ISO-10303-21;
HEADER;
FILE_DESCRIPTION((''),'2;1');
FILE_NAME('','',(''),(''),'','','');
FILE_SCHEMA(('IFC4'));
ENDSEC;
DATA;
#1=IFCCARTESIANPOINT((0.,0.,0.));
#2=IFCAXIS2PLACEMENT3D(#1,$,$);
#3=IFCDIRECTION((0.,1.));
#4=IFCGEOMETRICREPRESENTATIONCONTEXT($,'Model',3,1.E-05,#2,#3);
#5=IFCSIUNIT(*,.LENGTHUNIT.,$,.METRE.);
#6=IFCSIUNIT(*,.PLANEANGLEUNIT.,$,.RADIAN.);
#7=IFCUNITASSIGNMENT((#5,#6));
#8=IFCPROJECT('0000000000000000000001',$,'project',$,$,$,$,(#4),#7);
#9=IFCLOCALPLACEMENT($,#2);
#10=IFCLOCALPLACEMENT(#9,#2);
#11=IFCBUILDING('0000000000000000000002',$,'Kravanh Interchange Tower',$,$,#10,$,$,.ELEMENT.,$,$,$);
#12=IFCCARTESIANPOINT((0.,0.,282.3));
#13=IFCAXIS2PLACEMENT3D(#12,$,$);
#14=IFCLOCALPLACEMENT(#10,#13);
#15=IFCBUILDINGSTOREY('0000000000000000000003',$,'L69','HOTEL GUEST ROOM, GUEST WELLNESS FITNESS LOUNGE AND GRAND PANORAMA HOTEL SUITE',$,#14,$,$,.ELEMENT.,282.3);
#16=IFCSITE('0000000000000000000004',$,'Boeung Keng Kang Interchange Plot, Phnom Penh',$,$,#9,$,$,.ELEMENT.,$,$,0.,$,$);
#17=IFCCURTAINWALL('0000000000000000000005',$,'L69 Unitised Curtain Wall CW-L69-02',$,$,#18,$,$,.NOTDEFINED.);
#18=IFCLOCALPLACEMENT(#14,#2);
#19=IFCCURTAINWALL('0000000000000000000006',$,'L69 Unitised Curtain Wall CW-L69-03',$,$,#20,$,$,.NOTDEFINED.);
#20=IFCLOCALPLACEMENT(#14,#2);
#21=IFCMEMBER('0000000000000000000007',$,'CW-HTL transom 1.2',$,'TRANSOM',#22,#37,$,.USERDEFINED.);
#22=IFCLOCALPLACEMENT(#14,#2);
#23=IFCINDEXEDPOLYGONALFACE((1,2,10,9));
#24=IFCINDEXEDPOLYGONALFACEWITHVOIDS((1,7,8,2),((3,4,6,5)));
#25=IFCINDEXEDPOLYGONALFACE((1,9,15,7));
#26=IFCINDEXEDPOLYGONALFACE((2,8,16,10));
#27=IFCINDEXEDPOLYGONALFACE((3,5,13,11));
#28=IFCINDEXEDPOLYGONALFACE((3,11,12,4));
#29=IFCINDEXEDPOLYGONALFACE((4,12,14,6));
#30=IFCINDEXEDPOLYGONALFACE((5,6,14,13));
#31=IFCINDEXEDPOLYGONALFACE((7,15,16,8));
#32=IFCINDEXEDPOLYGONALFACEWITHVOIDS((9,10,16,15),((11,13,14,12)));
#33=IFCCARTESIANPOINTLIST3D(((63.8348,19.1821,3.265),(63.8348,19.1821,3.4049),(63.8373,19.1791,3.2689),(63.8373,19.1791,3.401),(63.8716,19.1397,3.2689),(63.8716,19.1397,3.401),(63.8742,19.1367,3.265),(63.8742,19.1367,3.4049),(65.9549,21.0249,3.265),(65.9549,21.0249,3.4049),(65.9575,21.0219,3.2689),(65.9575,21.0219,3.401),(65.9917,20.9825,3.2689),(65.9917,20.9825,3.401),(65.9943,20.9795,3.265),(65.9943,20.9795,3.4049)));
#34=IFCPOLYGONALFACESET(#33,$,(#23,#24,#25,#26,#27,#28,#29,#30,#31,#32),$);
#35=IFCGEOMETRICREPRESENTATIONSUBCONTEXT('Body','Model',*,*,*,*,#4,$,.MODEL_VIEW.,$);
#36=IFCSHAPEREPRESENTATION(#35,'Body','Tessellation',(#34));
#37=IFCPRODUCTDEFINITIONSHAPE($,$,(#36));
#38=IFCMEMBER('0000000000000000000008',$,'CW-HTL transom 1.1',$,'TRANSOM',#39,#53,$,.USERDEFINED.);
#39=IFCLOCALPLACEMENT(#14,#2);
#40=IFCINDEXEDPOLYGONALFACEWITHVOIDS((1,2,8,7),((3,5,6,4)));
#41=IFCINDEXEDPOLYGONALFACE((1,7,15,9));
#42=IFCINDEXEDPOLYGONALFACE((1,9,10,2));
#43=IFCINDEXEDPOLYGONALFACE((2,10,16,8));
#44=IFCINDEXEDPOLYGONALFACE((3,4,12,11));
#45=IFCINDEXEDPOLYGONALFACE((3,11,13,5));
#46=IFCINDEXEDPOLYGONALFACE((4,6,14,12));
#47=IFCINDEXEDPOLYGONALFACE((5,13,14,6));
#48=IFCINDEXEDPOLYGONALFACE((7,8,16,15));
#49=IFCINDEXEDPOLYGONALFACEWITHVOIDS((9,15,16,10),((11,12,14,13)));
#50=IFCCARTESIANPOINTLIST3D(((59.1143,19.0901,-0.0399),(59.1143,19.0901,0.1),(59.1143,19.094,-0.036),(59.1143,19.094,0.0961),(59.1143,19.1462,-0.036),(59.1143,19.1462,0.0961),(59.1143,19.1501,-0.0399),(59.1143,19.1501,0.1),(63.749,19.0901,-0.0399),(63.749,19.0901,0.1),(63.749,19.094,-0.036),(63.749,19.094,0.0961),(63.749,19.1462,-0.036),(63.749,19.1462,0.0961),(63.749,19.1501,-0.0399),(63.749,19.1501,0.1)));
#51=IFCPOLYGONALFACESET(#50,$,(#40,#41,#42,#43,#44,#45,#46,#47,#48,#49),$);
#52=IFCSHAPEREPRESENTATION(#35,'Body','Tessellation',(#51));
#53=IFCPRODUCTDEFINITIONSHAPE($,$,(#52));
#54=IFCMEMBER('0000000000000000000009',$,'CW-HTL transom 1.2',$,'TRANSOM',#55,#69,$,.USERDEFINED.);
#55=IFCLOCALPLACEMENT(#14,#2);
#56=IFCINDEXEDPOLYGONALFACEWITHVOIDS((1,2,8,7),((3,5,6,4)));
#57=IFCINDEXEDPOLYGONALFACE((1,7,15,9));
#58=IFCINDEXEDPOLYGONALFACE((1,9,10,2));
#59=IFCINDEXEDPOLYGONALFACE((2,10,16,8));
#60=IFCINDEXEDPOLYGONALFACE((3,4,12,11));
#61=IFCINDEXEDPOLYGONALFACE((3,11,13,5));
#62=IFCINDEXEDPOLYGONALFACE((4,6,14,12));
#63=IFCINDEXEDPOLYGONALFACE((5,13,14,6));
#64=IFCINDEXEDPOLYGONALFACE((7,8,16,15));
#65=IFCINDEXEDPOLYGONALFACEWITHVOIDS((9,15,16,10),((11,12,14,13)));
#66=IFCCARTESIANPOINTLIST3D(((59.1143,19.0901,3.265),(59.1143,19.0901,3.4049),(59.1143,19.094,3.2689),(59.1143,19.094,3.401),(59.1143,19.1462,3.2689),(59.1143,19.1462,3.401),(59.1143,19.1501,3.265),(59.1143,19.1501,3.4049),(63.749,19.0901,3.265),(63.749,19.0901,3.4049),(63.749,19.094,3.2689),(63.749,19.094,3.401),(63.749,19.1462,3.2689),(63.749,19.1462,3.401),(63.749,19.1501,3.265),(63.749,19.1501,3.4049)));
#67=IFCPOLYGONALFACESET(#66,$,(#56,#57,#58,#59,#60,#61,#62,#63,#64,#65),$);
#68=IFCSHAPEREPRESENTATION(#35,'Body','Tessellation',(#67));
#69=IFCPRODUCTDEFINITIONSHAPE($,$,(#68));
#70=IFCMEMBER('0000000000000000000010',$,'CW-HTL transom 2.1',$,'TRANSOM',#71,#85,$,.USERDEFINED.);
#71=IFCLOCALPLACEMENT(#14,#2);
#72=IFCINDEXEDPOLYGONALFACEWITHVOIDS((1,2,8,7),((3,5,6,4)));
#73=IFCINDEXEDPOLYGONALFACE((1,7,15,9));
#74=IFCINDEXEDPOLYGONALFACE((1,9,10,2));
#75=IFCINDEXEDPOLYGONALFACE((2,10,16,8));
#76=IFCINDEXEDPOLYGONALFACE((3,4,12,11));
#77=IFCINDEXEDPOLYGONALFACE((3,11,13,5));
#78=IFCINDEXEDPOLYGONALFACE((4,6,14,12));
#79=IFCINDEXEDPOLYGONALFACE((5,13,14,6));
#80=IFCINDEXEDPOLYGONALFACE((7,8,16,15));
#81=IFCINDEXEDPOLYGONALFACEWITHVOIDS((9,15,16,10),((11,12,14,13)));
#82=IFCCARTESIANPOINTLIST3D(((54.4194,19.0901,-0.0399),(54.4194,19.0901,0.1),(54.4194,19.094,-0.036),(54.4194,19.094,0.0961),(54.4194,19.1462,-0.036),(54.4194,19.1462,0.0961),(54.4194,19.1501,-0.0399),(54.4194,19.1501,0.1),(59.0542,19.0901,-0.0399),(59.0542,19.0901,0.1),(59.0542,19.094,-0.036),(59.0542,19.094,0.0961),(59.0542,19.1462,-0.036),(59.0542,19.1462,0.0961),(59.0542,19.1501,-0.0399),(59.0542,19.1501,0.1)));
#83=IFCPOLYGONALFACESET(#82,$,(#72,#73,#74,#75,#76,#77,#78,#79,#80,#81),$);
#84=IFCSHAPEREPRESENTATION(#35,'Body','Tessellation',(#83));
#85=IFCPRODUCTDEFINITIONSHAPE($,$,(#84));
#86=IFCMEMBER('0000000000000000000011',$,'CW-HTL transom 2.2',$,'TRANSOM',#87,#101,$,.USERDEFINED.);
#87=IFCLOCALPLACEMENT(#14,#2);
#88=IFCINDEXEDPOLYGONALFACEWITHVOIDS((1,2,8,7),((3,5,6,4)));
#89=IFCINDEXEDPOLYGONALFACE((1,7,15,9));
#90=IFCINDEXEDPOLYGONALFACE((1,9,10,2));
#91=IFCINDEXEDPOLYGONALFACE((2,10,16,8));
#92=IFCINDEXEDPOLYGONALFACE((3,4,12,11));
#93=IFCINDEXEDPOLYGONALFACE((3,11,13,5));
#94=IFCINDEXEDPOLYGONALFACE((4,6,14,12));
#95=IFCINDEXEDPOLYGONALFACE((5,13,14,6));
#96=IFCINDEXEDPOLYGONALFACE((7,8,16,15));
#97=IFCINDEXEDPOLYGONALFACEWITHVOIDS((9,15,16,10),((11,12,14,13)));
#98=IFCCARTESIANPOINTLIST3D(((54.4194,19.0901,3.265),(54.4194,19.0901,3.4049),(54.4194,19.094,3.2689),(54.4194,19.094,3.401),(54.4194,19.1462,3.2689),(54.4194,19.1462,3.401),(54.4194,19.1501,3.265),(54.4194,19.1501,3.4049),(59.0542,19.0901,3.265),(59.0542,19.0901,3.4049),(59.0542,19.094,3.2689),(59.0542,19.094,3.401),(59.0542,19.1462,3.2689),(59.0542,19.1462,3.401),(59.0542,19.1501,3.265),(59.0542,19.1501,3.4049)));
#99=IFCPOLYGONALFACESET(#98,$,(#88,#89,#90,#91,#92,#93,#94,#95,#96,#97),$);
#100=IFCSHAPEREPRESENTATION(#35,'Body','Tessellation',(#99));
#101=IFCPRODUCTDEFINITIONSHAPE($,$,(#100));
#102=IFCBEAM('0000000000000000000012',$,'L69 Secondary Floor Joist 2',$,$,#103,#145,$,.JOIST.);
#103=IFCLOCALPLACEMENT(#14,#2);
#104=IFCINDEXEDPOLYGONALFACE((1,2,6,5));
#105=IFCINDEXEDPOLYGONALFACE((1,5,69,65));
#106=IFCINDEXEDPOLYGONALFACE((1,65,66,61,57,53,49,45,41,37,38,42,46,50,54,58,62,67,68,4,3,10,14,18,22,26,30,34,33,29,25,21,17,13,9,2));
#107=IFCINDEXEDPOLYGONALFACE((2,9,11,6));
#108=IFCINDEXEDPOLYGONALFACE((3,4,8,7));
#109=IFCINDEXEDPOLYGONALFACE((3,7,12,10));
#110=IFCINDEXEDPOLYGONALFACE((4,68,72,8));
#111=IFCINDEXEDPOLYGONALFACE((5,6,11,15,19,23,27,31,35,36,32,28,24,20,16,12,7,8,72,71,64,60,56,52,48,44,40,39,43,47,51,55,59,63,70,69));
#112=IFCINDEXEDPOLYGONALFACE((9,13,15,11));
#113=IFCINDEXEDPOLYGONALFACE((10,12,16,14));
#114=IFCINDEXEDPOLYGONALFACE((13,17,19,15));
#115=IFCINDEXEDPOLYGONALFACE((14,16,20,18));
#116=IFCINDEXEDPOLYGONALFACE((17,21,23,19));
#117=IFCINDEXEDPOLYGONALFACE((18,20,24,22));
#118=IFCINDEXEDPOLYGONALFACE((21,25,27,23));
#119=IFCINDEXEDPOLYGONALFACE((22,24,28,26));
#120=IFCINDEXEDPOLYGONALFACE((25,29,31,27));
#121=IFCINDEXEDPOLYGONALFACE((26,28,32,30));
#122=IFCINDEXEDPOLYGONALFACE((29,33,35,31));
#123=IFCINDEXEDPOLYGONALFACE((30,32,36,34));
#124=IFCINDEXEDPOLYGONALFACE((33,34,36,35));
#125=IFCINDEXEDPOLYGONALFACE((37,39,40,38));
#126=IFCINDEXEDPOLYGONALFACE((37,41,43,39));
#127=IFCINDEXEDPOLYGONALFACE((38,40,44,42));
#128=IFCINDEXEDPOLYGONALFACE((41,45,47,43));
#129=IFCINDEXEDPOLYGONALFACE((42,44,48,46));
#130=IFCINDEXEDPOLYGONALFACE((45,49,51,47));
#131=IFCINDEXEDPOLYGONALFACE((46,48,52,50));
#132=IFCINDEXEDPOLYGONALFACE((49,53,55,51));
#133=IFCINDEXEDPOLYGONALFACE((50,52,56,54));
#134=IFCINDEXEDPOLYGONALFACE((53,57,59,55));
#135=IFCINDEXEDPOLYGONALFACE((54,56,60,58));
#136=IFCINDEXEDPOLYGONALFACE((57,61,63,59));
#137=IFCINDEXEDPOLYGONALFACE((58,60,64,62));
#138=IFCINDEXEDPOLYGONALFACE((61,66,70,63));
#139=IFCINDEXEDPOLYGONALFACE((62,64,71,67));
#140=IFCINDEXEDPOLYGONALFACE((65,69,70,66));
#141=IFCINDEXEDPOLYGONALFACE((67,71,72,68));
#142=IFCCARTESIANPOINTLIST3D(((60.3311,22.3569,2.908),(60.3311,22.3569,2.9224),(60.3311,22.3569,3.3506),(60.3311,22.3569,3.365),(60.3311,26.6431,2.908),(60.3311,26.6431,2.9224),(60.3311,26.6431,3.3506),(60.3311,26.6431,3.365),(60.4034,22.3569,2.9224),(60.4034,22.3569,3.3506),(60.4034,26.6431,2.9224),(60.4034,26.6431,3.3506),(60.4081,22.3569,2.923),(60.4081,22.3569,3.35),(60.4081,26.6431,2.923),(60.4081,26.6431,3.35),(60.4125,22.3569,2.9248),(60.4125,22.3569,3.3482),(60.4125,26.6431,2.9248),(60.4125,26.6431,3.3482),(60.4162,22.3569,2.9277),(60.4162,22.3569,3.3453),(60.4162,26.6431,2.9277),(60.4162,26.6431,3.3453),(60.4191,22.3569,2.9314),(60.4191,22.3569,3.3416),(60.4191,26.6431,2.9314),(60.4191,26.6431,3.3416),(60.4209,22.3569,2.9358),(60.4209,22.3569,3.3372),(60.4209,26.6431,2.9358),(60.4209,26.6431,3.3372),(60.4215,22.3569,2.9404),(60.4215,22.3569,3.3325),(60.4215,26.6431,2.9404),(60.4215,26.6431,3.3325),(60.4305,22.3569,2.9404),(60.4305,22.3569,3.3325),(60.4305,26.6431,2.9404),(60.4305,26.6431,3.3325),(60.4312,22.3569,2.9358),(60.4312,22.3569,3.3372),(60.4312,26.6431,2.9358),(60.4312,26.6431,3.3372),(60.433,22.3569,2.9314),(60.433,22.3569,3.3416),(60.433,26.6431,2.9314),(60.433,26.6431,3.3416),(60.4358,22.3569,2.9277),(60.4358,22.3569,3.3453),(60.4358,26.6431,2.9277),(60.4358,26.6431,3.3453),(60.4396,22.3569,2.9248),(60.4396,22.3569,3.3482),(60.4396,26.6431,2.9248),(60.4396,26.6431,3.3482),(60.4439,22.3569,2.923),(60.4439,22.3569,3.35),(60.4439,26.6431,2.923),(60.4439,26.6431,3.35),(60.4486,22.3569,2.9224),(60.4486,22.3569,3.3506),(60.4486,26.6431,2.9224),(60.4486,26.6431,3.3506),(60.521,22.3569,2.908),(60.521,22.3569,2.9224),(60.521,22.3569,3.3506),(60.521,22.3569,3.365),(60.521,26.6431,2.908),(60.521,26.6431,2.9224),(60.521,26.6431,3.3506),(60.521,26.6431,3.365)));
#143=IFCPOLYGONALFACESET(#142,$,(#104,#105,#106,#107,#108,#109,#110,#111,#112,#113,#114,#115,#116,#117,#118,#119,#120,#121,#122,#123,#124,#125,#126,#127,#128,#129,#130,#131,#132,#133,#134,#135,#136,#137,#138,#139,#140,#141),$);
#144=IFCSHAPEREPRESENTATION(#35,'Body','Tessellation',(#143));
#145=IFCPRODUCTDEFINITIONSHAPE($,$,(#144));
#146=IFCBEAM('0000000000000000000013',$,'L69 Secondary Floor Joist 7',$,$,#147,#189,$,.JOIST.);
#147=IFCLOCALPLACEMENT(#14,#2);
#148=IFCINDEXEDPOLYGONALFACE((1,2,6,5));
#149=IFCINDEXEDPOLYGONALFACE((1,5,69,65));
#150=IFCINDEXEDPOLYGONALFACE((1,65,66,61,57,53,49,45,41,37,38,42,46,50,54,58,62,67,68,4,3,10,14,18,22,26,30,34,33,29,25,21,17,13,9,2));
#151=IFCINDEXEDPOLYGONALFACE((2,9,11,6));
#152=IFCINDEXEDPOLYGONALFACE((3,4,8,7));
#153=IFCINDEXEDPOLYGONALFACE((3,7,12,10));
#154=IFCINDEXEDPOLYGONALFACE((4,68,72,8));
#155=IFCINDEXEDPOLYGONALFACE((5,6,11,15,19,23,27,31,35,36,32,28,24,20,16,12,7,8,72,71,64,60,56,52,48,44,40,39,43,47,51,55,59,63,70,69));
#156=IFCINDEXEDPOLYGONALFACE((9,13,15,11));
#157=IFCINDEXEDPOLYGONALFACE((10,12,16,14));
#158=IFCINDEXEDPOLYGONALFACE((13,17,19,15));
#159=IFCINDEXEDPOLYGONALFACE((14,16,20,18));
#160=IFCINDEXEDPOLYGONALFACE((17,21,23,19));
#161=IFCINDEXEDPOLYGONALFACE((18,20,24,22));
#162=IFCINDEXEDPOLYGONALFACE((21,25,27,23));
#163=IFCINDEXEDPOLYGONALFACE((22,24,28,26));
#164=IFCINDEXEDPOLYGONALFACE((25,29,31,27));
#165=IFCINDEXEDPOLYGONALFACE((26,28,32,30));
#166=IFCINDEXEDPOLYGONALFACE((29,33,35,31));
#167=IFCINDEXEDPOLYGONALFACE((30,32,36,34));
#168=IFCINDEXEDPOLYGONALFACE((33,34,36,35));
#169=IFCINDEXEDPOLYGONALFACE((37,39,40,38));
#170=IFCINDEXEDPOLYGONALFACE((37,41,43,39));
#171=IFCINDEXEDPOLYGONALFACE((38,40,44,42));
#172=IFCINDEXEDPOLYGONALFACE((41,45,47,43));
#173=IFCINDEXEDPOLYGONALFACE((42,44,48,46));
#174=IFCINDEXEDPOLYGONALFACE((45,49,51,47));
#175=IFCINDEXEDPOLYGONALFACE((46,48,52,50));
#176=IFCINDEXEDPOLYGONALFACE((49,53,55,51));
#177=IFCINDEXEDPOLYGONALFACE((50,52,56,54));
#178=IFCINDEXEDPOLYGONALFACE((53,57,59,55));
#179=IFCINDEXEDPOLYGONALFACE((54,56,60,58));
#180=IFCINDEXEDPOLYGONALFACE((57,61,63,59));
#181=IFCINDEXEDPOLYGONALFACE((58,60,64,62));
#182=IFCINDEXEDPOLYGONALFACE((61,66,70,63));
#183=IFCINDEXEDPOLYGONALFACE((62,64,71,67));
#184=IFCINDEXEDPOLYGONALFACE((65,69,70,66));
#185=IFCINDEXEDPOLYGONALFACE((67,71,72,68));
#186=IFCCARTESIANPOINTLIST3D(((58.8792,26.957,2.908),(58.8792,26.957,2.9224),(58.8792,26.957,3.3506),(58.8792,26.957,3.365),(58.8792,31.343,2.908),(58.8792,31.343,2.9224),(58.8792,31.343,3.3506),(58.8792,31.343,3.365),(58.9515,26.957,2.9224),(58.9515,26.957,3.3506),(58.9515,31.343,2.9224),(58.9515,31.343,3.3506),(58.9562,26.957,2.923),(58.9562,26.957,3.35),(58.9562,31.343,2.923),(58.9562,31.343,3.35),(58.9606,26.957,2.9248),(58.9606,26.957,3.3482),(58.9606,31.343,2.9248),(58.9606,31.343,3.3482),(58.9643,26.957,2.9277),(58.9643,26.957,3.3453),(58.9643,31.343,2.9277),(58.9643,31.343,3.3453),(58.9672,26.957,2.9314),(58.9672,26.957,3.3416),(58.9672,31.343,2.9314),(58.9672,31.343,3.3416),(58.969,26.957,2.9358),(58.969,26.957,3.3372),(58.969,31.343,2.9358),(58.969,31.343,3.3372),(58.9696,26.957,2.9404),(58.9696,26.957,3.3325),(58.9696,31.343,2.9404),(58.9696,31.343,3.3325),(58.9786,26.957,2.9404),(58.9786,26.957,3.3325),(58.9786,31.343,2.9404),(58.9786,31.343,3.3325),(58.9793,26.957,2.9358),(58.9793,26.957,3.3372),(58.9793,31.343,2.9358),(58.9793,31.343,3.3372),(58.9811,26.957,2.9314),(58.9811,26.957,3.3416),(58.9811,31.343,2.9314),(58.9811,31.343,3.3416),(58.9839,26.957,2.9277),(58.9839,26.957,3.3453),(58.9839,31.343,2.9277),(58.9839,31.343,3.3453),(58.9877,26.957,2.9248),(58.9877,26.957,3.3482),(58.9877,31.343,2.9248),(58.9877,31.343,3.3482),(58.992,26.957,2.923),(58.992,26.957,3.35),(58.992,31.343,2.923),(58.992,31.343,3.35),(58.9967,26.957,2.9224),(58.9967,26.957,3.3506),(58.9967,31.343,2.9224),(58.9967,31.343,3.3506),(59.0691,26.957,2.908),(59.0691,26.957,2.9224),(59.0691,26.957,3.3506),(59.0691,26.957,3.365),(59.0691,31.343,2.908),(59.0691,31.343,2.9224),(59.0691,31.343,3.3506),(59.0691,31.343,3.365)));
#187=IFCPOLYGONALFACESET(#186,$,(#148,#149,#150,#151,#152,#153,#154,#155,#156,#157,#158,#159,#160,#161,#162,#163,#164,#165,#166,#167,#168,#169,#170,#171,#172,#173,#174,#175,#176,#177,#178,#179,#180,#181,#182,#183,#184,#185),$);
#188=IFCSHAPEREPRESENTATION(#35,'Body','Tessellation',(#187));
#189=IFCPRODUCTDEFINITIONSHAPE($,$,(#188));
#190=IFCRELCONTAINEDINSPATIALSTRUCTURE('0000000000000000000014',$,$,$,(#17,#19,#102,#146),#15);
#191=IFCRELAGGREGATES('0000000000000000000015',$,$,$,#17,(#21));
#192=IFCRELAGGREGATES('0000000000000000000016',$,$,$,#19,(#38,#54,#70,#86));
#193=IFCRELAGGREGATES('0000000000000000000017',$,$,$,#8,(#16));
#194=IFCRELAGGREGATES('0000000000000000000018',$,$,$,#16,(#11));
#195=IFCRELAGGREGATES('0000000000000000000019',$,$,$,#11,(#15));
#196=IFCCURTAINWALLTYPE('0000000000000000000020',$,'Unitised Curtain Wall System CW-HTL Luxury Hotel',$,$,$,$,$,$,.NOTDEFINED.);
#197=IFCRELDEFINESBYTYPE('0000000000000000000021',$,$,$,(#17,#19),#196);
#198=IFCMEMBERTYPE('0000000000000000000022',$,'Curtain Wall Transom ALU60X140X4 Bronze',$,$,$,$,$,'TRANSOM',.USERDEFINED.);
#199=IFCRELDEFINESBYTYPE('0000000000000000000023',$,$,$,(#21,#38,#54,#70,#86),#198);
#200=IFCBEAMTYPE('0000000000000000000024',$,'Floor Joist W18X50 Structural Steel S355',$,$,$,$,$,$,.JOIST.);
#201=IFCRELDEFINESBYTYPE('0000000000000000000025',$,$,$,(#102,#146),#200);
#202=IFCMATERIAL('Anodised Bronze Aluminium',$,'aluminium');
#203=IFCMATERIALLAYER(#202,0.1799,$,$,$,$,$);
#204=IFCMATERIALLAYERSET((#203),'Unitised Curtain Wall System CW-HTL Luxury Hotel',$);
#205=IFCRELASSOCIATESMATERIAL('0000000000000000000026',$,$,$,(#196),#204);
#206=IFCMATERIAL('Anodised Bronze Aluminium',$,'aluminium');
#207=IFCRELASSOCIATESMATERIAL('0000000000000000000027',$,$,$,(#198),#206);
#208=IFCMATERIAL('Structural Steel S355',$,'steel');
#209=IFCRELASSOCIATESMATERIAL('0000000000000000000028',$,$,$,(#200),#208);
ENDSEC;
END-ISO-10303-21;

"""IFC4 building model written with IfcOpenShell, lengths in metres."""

from ifc_helpers import new_model, si_unit, direction, frame, origin, origin_2d, place, context, subcontext, project, spatial, hollow_rectangle, i_section, extrude, material, layer, layer_set, material_profile, profile_set, type_object, element, aggregate, save


model = new_model("IFC4")

# Units and contexts
model_context = context("Model", 3, precision=1e-05, world=origin(), true_north=direction((0.0, 1.0)))
body_context = subcontext(model_context, "Body", "Model", "MODEL_VIEW")
ifc_project = project(units=[si_unit("LENGTHUNIT", "METRE"), si_unit("PLANEANGLEUNIT", "RADIAN")], contexts=[model_context])

# Site, building, storey
site_placement = place(None, origin())
site = spatial("IfcSite", under=ifc_project, at=site_placement, Name="Boeung Keng Kang Interchange Plot, Phnom Penh", CompositionType="ELEMENT", RefElevation=0.0)
building_placement = place(site_placement, origin())
building = spatial("IfcBuilding", under=site, at=building_placement, Name="Kravanh Interchange Tower", CompositionType="ELEMENT")
storey_placement = place(building_placement, frame((0.0, 0.0, 282.3)))
storey = spatial("IfcBuildingStorey", under=building, at=storey_placement, Name="L69", Description="HOTEL GUEST ROOM, GUEST WELLNESS FITNESS LOUNGE AND GRAND PANORAMA HOTEL SUITE", CompositionType="ELEMENT", Elevation=282.3)

# Curtain walls
ifc_material_1 = material(Name="Anodised Bronze Aluminium", Category="aluminium")
ifc_layer_1 = layer(ifc_material_1, 0.1799)
ifc_layer_set_1 = layer_set([ifc_layer_1], Name="Unitised Curtain Wall System CW-HTL Luxury Hotel")
curtain_wall_type = type_object("IfcCurtainWallType", Name="Unitised Curtain Wall System CW-HTL Luxury Hotel", PredefinedType="NOTDEFINED", material=ifc_layer_set_1)
curtain_wall_1_placement = place(storey_placement, origin())
curtain_wall_1 = element("IfcCurtainWall", 1, at=curtain_wall_1_placement, inside=storey, type_object=curtain_wall_type, Name="L69 Unitised Curtain Wall CW-L69-02", PredefinedType="NOTDEFINED")
curtain_wall_2_placement = place(storey_placement, origin())
curtain_wall_2 = element("IfcCurtainWall", 2, at=curtain_wall_2_placement, inside=storey, type_object=curtain_wall_type, Name="L69 Unitised Curtain Wall CW-L69-03", PredefinedType="NOTDEFINED")

# Members
ifc_material_2 = material(Name="Anodised Bronze Aluminium", Category="aluminium")
ifc_material_profile_1 = material_profile(ifc_material_2, hollow_rectangle(XDim=0.0601, YDim=0.1399, WallThickness=0.0039, at=origin_2d()), Name="ALU60X140X4")
ifc_profile_set_1 = profile_set([ifc_material_profile_1], Name="Anodised Bronze Aluminium")
member_type_1 = type_object("IfcMemberType", Name="Curtain Wall Transom ALU60X140X4 Bronze", ElementType="TRANSOM", PredefinedType="USERDEFINED", material=ifc_profile_set_1)
member_1_placement = place(storey_placement, frame((65.9746, 21.0022, 3.335), z_axis=(-0.754748, -0.656015, 0.0), x_axis=(0.656015, -0.754748, 0.0)))
member_1 = element("IfcMember", 3, at=member_1_placement, type_object=member_type_1, Name="CW-HTL transom 1.2", ObjectType="TRANSOM", PredefinedType="USERDEFINED", context=body_context, shape_type="SweptSolid", body=[
    extrude(hollow_rectangle(XDim=0.0601, YDim=0.1399, WallThickness=0.0039, at=origin_2d()), origin(), (0.0, 0.0, 1.0), 2.8091),
])
member_2_placement = place(storey_placement, frame((63.749, 19.1201, 0.03), z_axis=(-1.0, 0.0, 0.0), x_axis=(0.0, -1.0, 0.0)))
member_2 = element("IfcMember", 4, at=member_2_placement, type_object=member_type_1, Name="CW-HTL transom 1.1", ObjectType="TRANSOM", PredefinedType="USERDEFINED", context=body_context, shape_type="SweptSolid", body=[
    extrude(hollow_rectangle(XDim=0.0601, YDim=0.1399, WallThickness=0.0039, at=origin_2d()), origin(), (0.0, 0.0, 1.0), 4.6348),
])
member_3_placement = place(storey_placement, frame((63.749, 19.1201, 3.335), z_axis=(-1.0, 0.0, 0.0), x_axis=(0.0, -1.0, 0.0)))
member_3 = element("IfcMember", 5, at=member_3_placement, type_object=member_type_1, Name="CW-HTL transom 1.2", ObjectType="TRANSOM", PredefinedType="USERDEFINED", context=body_context, shape_type="SweptSolid", body=[
    extrude(hollow_rectangle(XDim=0.0601, YDim=0.1399, WallThickness=0.0039, at=origin_2d()), origin(), (0.0, 0.0, 1.0), 4.6348),
])
member_4_placement = place(storey_placement, frame((59.0542, 19.1201, 0.03), z_axis=(-1.0, 0.0, 0.0), x_axis=(0.0, -1.0, 0.0)))
member_4 = element("IfcMember", 6, at=member_4_placement, type_object=member_type_1, Name="CW-HTL transom 2.1", ObjectType="TRANSOM", PredefinedType="USERDEFINED", context=body_context, shape_type="SweptSolid", body=[
    extrude(hollow_rectangle(XDim=0.0601, YDim=0.1399, WallThickness=0.0039, at=origin_2d()), origin(), (0.0, 0.0, 1.0), 4.6348),
])
member_5_placement = place(storey_placement, frame((59.0542, 19.1201, 3.335), z_axis=(-1.0, 0.0, 0.0), x_axis=(0.0, -1.0, 0.0)))
member_5 = element("IfcMember", 7, at=member_5_placement, type_object=member_type_1, Name="CW-HTL transom 2.2", ObjectType="TRANSOM", PredefinedType="USERDEFINED", context=body_context, shape_type="SweptSolid", body=[
    extrude(hollow_rectangle(XDim=0.0601, YDim=0.1399, WallThickness=0.0039, at=origin_2d()), origin(), (0.0, 0.0, 1.0), 4.6348),
])

# Beams
ifc_material_3 = material(Name="Structural Steel S355", Category="steel")
ifc_material_profile_2 = material_profile(ifc_material_3, i_section(OverallWidth=0.1899, OverallDepth=0.457, WebThickness=0.009, FlangeThickness=0.0144, FilletRadius=0.0181, at=origin_2d()), Name="W18X50")
ifc_profile_set_2 = profile_set([ifc_material_profile_2], Name="Structural Steel S355")
beam_type_1 = type_object("IfcBeamType", Name="Floor Joist W18X50 Structural Steel S355", PredefinedType="JOIST", material=ifc_profile_set_2)
beam_1_placement = place(storey_placement, frame((60.426, 22.3569, 3.1365), z_axis=(0.0, 1.0, 0.0), x_axis=(-1.0, 0.0, 0.0)))
element("IfcBeam", 8, at=beam_1_placement, inside=storey, type_object=beam_type_1, Name="L69 Secondary Floor Joist 2", PredefinedType="JOIST", context=body_context, shape_type="SweptSolid", body=[
    extrude(i_section(OverallWidth=0.1899, OverallDepth=0.457, WebThickness=0.009, FlangeThickness=0.0144, FilletRadius=0.0181, at=origin_2d()), origin(), (0.0, 0.0, 1.0), 4.2861),
])
for number, where, z_axis, x_axis, name in (
    (9, (58.9741, 26.957, 3.1365), (0.0, 1.0, 0.0), (-1.0, 0.0, 0.0), "L69 Secondary Floor Joist 7"),
):
    element("IfcBeam", number, at=place(storey_placement, frame(where, z_axis=z_axis, x_axis=x_axis)), inside=storey, type_object=beam_type_1, Name=name, PredefinedType="JOIST", context=body_context, shape_type="SweptSolid", body=[
        extrude(i_section(OverallWidth=0.1899, OverallDepth=0.457, WebThickness=0.009, FlangeThickness=0.0144, FilletRadius=0.0181, at=origin_2d()), origin(), (0.0, 0.0, 1.0), 4.386),
    ])

aggregate(curtain_wall_1, [member_1])
aggregate(curtain_wall_2, [member_2, member_3, member_4, member_5])

save(model, "model.ifc")
